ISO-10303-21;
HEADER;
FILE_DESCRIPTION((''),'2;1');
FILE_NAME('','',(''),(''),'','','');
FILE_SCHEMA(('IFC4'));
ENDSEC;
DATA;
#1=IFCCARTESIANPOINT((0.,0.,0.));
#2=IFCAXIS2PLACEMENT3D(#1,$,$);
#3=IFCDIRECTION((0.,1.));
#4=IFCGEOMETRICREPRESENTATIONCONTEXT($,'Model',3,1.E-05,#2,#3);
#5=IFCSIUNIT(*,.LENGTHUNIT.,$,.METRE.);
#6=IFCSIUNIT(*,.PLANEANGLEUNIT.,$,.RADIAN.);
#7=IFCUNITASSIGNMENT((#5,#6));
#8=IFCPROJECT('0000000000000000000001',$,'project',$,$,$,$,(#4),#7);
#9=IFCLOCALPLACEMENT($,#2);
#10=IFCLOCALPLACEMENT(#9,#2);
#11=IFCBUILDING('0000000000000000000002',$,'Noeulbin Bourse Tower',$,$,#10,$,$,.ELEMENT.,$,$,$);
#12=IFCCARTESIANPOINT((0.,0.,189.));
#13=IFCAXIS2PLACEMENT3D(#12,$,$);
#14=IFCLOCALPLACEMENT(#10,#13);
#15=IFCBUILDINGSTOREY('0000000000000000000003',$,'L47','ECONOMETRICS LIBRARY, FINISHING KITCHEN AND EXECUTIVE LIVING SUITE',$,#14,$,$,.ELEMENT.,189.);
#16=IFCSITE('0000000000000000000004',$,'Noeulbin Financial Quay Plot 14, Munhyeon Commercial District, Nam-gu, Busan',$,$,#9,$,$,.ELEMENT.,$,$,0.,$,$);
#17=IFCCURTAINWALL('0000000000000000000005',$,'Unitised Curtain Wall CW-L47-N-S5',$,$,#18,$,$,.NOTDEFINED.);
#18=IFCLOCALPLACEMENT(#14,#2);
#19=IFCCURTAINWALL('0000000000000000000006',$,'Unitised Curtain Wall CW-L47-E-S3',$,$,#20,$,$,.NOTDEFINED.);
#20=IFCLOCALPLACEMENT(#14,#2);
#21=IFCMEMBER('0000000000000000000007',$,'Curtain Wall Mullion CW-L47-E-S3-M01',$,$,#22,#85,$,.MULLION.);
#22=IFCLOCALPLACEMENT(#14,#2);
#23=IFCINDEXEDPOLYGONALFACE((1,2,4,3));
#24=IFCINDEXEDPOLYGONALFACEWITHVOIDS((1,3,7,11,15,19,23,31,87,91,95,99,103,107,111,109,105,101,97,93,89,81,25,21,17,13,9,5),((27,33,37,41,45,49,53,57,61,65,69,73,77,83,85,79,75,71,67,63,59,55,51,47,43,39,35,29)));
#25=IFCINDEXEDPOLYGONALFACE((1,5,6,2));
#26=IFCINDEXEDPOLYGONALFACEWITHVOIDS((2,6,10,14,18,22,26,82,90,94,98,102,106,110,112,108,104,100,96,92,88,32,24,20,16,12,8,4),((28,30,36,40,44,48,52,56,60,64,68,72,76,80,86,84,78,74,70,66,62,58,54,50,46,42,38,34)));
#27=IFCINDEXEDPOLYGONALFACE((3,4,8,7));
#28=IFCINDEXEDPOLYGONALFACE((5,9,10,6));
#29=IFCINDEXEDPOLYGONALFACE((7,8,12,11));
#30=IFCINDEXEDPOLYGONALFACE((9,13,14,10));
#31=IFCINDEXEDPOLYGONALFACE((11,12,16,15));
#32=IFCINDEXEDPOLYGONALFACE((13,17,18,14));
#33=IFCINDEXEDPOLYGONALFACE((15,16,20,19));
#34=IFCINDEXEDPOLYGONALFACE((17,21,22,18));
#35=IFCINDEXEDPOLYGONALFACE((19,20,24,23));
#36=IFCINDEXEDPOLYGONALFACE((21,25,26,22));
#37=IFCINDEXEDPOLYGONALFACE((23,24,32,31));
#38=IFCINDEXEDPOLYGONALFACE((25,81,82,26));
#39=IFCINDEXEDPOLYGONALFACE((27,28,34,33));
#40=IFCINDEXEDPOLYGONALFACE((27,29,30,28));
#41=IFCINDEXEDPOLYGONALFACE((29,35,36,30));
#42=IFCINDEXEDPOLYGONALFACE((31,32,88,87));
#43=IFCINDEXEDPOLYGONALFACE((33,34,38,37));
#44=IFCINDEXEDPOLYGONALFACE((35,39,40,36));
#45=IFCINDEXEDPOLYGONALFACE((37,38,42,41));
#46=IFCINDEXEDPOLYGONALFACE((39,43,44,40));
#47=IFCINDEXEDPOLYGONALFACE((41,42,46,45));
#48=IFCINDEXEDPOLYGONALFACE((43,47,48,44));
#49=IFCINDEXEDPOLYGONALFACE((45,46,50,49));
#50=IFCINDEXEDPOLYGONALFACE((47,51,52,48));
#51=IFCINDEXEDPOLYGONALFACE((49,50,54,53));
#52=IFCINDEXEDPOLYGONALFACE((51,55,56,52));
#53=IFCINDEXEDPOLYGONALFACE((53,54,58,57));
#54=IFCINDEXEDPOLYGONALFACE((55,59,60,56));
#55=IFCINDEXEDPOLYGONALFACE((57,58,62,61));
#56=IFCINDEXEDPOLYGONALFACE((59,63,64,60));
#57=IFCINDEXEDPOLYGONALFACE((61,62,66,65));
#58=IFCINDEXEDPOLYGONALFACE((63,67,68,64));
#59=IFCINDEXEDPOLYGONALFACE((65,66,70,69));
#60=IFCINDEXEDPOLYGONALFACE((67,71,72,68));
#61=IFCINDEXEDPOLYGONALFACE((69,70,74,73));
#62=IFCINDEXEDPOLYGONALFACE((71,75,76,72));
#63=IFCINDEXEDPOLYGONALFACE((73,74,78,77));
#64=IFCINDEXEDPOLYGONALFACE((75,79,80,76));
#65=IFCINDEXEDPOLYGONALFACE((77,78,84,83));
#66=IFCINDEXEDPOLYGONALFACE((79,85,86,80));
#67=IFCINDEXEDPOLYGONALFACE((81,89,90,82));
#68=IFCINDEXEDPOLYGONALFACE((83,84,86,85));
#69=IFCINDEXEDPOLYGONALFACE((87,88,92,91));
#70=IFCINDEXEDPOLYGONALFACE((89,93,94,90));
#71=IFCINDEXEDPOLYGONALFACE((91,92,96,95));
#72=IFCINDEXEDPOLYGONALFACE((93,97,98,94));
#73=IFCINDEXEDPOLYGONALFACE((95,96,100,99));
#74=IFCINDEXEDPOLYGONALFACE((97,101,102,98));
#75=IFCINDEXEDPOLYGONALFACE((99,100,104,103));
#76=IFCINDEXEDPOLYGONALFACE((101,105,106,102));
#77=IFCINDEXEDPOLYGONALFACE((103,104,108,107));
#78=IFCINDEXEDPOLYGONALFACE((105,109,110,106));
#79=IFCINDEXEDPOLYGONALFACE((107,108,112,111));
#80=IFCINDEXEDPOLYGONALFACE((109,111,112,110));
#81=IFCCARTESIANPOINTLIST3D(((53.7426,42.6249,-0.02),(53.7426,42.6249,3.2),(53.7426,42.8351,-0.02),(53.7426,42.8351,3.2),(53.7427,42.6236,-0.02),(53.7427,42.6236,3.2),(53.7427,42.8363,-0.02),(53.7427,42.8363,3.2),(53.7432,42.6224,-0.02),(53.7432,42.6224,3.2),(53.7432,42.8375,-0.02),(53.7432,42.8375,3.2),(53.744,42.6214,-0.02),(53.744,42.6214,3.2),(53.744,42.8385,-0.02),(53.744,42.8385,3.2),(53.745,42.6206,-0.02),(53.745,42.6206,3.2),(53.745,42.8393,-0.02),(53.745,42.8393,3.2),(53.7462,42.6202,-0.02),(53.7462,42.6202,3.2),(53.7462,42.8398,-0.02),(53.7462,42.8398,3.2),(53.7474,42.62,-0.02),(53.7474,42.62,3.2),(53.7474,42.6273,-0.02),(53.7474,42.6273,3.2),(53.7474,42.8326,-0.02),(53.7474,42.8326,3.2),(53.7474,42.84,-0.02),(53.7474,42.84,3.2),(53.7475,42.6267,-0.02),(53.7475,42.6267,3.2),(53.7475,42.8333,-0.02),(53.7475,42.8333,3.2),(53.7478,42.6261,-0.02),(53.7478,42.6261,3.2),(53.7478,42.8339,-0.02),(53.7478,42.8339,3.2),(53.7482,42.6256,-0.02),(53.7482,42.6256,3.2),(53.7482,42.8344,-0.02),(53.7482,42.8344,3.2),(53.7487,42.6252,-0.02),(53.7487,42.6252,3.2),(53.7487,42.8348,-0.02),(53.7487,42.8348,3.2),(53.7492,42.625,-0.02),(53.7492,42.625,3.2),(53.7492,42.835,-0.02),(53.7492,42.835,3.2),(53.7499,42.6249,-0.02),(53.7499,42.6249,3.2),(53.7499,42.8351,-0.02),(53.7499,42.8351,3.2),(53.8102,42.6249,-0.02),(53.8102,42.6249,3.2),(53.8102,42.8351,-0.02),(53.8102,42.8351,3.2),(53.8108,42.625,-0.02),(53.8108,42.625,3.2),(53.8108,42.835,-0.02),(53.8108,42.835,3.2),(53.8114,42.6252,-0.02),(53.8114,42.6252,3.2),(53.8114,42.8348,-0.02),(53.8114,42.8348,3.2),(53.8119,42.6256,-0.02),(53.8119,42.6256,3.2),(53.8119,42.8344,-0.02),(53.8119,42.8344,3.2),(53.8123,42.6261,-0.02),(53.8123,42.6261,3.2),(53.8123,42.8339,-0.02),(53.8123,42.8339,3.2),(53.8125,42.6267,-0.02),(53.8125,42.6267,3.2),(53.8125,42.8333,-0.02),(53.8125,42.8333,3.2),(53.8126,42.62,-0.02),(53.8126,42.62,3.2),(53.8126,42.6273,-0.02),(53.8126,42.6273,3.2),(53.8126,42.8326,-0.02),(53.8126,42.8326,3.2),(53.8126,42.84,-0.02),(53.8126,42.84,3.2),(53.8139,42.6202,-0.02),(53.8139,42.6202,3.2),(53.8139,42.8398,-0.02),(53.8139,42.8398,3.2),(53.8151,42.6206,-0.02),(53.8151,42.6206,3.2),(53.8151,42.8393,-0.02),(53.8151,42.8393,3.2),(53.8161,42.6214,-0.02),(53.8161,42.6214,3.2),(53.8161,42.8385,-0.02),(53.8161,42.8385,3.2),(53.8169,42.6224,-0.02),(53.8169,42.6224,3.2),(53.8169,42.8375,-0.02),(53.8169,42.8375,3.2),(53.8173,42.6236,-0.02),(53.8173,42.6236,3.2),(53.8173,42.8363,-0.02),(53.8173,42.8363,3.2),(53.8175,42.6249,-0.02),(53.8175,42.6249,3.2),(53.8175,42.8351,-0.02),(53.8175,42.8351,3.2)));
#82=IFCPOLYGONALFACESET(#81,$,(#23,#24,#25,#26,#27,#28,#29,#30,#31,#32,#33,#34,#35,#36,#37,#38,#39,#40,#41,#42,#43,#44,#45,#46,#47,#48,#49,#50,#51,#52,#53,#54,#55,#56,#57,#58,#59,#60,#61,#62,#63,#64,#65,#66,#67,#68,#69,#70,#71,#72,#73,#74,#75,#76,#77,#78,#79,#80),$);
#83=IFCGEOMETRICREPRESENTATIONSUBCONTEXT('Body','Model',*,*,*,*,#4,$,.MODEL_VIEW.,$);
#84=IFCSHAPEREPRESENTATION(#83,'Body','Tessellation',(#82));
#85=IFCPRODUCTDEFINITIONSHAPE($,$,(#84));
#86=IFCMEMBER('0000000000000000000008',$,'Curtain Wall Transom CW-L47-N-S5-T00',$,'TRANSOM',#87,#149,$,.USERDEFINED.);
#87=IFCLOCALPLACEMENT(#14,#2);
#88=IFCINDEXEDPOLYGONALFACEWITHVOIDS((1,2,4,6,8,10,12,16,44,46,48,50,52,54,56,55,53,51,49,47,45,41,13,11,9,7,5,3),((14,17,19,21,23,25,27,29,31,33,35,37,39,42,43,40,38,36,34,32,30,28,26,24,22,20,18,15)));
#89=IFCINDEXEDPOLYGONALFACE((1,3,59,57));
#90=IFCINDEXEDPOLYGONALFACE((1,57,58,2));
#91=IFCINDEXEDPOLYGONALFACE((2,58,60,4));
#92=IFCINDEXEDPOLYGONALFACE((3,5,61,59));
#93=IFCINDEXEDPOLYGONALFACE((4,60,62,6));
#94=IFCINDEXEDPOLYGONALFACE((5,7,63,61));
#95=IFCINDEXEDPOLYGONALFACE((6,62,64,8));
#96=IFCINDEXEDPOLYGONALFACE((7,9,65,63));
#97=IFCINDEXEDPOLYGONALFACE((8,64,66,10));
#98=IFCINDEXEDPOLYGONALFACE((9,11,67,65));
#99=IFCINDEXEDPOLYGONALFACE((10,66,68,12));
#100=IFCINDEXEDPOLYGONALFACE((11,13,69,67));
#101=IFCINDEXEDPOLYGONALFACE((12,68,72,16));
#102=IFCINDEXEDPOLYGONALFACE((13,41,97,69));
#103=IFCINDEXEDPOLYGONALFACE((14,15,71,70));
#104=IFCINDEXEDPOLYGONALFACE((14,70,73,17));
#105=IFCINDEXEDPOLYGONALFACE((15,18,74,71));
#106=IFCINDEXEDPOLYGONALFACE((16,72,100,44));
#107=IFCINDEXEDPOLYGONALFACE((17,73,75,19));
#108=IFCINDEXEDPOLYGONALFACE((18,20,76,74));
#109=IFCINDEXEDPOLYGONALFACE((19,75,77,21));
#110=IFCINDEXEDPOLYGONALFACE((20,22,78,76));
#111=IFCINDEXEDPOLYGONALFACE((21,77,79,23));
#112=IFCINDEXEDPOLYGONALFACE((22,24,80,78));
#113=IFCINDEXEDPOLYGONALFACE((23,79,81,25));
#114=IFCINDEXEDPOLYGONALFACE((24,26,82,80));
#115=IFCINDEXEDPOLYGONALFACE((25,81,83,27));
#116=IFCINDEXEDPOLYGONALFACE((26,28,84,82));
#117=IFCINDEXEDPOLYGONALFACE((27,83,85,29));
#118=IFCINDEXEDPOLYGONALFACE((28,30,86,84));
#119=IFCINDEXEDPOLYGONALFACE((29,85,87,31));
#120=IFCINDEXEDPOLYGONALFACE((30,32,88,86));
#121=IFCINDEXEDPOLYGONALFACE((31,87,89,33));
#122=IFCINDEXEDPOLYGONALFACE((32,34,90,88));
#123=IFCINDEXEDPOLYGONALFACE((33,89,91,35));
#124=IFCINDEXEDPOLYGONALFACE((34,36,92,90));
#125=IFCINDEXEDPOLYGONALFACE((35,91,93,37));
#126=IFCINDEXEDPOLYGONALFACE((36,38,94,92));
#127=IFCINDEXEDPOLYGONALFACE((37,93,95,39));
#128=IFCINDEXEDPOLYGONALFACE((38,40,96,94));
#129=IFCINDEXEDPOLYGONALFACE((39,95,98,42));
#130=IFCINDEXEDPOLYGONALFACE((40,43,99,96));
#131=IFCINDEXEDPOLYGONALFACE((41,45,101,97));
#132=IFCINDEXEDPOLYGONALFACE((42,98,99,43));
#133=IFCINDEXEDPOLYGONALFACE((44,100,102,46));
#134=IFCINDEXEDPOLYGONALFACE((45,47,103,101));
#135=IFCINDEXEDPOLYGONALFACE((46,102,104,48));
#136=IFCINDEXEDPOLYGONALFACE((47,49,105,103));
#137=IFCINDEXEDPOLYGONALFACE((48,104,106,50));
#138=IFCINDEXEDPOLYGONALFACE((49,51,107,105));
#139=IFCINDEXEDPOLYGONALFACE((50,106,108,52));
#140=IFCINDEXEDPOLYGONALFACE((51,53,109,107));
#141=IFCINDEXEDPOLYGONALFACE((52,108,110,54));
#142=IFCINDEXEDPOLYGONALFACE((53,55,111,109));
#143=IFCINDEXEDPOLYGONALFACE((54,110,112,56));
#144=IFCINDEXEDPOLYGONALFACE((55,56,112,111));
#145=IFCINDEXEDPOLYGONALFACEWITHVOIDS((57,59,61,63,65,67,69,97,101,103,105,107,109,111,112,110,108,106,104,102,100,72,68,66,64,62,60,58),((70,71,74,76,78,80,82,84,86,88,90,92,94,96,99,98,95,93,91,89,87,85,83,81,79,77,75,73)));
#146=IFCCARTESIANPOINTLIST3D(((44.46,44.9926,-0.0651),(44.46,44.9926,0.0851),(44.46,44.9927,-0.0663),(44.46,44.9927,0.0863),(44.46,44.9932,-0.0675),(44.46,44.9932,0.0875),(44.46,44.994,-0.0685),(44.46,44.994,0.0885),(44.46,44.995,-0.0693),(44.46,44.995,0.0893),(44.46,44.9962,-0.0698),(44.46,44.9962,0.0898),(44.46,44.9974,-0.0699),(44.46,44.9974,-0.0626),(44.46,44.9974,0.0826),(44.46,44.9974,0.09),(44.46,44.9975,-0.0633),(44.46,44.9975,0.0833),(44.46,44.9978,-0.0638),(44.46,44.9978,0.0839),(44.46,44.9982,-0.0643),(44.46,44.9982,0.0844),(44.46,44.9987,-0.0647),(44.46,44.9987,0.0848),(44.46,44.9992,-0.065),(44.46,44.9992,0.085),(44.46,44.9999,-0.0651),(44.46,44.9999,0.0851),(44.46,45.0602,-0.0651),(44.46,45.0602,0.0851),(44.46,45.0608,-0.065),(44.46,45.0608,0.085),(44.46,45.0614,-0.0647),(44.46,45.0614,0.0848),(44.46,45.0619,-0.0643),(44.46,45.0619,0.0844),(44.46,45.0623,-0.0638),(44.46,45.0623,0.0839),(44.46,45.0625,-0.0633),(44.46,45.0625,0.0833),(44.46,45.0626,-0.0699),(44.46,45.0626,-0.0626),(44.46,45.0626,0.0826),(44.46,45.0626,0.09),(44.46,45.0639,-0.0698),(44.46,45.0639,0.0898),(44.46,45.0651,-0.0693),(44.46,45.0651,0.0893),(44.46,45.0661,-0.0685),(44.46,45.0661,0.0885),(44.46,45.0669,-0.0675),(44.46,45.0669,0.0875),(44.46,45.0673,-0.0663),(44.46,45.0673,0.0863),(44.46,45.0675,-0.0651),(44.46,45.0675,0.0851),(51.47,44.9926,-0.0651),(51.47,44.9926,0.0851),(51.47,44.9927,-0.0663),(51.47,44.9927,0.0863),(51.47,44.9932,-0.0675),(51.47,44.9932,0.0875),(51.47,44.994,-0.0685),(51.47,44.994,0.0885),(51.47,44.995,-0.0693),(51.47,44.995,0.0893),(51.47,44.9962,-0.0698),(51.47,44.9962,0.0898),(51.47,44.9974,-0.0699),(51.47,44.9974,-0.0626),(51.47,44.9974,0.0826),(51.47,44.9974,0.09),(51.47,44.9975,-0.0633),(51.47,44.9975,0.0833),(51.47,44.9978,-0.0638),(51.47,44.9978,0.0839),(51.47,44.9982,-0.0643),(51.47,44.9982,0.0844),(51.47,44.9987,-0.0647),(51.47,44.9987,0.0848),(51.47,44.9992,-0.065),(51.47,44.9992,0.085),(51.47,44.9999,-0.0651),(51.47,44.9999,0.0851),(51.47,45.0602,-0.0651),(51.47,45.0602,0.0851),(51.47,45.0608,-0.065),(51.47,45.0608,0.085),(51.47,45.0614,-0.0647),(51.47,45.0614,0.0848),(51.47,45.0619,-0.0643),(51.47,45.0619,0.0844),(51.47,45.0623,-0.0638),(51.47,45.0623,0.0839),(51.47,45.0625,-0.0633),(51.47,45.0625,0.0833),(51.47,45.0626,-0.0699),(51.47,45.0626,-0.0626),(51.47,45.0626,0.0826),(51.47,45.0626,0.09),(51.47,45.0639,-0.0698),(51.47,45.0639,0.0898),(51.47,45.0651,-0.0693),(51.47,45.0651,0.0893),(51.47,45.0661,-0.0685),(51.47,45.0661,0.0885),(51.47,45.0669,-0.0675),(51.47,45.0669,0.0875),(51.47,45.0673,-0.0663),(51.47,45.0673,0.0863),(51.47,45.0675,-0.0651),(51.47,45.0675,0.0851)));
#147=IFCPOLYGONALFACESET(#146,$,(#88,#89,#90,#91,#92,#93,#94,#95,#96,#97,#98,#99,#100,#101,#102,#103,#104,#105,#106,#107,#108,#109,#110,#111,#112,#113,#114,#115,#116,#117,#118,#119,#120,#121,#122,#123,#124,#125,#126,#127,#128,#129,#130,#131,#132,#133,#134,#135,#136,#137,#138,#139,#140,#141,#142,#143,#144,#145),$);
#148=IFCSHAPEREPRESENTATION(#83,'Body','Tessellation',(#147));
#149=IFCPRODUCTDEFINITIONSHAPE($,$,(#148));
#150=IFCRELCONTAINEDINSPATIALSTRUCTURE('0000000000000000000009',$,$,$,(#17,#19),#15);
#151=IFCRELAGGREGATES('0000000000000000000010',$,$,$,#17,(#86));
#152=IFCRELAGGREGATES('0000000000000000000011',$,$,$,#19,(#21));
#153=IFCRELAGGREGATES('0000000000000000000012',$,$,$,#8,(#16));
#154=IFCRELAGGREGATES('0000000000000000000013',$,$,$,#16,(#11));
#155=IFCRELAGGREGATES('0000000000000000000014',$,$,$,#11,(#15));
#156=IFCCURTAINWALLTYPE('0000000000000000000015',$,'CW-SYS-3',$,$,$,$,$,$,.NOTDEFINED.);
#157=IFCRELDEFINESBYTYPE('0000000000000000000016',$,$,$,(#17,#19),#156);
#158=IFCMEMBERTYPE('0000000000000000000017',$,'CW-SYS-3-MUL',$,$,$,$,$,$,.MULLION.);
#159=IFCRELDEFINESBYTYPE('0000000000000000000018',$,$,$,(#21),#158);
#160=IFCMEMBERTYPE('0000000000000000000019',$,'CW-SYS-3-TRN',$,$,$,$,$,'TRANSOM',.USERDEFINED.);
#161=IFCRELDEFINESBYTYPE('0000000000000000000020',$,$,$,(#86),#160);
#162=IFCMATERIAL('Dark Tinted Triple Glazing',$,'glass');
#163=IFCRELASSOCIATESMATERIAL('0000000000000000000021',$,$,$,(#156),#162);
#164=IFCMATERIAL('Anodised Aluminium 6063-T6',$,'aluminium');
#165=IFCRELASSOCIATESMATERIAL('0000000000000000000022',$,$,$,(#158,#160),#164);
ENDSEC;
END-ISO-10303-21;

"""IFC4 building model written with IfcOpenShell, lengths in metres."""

from ifc_helpers import new_model, si_unit, direction, frame, origin, origin_2d, place, context, subcontext, project, spatial, hollow_rectangle, extrude, material, material_profile, profile_set, type_object, element, aggregate, save


model = new_model("IFC4")

# Units and contexts
model_context = context("Model", 3, precision=1e-05, world=origin(), true_north=direction((0.0, 1.0)))
body_context = subcontext(model_context, "Body", "Model", "MODEL_VIEW")
ifc_project = project(units=[si_unit("LENGTHUNIT", "METRE"), si_unit("PLANEANGLEUNIT", "RADIAN")], contexts=[model_context])

# Site, building, storey
site_placement = place(None, origin())
site = spatial("IfcSite", under=ifc_project, at=site_placement, Name="Noeulbin Financial Quay Plot 14, Munhyeon Commercial District, Nam-gu, Busan", CompositionType="ELEMENT", RefElevation=0.0)
building_placement = place(site_placement, origin())
building = spatial("IfcBuilding", under=site, at=building_placement, Name="Noeulbin Bourse Tower", CompositionType="ELEMENT")
storey_placement = place(building_placement, frame((0.0, 0.0, 189.0)))
storey = spatial("IfcBuildingStorey", under=building, at=storey_placement, Name="L47", Description="ECONOMETRICS LIBRARY, FINISHING KITCHEN AND EXECUTIVE LIVING SUITE", CompositionType="ELEMENT", Elevation=189.0)

# Shared definitions
ifc_material_1 = material(Name="Dark Tinted Triple Glazing", Category="glass")
curtain_wall_type = type_object("IfcCurtainWallType", Name="CW-SYS-3", PredefinedType="NOTDEFINED", material=ifc_material_1)
ifc_material_2 = material(Name="Anodised Aluminium 6063-T6", Category="aluminium")
ifc_material_profile_1 = material_profile(ifc_material_2, hollow_rectangle(XDim=0.075, YDim=0.22, WallThickness=0.0049, InnerFilletRadius=0.0024, OuterFilletRadius=0.0049, at=origin_2d()), Name="ALU-MULL-75x220x5", Category="LoadBearing")
ifc_profile_set_1 = profile_set([ifc_material_profile_1], Name="Anodised Aluminium 6063-T6")
member_type_1 = type_object("IfcMemberType", Name="CW-SYS-3-MUL", PredefinedType="MULLION", material=ifc_profile_set_1)

# Curtain walls, member
curtain_wall_1_placement = place(storey_placement, origin())
curtain_wall_1 = element("IfcCurtainWall", 1, at=curtain_wall_1_placement, inside=storey, type_object=curtain_wall_type, Name="Unitised Curtain Wall CW-L47-N-S5", PredefinedType="NOTDEFINED")
curtain_wall_2_placement = place(storey_placement, origin())
curtain_wall_2 = element("IfcCurtainWall", 2, at=curtain_wall_2_placement, inside=storey, type_object=curtain_wall_type, Name="Unitised Curtain Wall CW-L47-E-S3", PredefinedType="NOTDEFINED")
member_1_placement = place(storey_placement, frame((53.78, 42.73, -0.02), z_axis=(0.0, 0.0, 1.0), x_axis=(1.0, 0.0, 0.0)))
member_1 = element("IfcMember", 3, at=member_1_placement, type_object=member_type_1, Name="Curtain Wall Mullion CW-L47-E-S3-M01", PredefinedType="MULLION", context=body_context, shape_type="SweptSolid", body=[
    extrude(hollow_rectangle(XDim=0.075, YDim=0.22, WallThickness=0.0049, InnerFilletRadius=0.0024, OuterFilletRadius=0.0049, at=origin_2d()), origin(), (0.0, 0.0, 1.0), 3.22),
])

# Member
ifc_material_profile_2 = material_profile(ifc_material_2, hollow_rectangle(XDim=0.075, YDim=0.1599, WallThickness=0.0049, InnerFilletRadius=0.0024, OuterFilletRadius=0.0049, at=origin_2d()), Name="ALU-TRAN-75x160x5", Category="LoadBearing")
ifc_profile_set_2 = profile_set([ifc_material_profile_2], Name="Anodised Aluminium 6063-T6")
member_type_2 = type_object("IfcMemberType", Name="CW-SYS-3-TRN", ElementType="TRANSOM", PredefinedType="USERDEFINED", material=ifc_profile_set_2)
member_2_placement = place(storey_placement, frame((44.46, 45.03, 0.01), z_axis=(1.0, 0.0, 0.0), x_axis=(0.0, 1.0, 0.0)))
member_2 = element("IfcMember", 4, at=member_2_placement, type_object=member_type_2, Name="Curtain Wall Transom CW-L47-N-S5-T00", ObjectType="TRANSOM", PredefinedType="USERDEFINED", context=body_context, shape_type="SweptSolid", body=[
    extrude(hollow_rectangle(XDim=0.075, YDim=0.1599, WallThickness=0.0049, InnerFilletRadius=0.0024, OuterFilletRadius=0.0049, at=origin_2d()), origin(), (0.0, 0.0, 1.0), 7.01),
])

aggregate(curtain_wall_1, [member_2])
aggregate(curtain_wall_2, [member_1])

save(model, "model.ifc")
